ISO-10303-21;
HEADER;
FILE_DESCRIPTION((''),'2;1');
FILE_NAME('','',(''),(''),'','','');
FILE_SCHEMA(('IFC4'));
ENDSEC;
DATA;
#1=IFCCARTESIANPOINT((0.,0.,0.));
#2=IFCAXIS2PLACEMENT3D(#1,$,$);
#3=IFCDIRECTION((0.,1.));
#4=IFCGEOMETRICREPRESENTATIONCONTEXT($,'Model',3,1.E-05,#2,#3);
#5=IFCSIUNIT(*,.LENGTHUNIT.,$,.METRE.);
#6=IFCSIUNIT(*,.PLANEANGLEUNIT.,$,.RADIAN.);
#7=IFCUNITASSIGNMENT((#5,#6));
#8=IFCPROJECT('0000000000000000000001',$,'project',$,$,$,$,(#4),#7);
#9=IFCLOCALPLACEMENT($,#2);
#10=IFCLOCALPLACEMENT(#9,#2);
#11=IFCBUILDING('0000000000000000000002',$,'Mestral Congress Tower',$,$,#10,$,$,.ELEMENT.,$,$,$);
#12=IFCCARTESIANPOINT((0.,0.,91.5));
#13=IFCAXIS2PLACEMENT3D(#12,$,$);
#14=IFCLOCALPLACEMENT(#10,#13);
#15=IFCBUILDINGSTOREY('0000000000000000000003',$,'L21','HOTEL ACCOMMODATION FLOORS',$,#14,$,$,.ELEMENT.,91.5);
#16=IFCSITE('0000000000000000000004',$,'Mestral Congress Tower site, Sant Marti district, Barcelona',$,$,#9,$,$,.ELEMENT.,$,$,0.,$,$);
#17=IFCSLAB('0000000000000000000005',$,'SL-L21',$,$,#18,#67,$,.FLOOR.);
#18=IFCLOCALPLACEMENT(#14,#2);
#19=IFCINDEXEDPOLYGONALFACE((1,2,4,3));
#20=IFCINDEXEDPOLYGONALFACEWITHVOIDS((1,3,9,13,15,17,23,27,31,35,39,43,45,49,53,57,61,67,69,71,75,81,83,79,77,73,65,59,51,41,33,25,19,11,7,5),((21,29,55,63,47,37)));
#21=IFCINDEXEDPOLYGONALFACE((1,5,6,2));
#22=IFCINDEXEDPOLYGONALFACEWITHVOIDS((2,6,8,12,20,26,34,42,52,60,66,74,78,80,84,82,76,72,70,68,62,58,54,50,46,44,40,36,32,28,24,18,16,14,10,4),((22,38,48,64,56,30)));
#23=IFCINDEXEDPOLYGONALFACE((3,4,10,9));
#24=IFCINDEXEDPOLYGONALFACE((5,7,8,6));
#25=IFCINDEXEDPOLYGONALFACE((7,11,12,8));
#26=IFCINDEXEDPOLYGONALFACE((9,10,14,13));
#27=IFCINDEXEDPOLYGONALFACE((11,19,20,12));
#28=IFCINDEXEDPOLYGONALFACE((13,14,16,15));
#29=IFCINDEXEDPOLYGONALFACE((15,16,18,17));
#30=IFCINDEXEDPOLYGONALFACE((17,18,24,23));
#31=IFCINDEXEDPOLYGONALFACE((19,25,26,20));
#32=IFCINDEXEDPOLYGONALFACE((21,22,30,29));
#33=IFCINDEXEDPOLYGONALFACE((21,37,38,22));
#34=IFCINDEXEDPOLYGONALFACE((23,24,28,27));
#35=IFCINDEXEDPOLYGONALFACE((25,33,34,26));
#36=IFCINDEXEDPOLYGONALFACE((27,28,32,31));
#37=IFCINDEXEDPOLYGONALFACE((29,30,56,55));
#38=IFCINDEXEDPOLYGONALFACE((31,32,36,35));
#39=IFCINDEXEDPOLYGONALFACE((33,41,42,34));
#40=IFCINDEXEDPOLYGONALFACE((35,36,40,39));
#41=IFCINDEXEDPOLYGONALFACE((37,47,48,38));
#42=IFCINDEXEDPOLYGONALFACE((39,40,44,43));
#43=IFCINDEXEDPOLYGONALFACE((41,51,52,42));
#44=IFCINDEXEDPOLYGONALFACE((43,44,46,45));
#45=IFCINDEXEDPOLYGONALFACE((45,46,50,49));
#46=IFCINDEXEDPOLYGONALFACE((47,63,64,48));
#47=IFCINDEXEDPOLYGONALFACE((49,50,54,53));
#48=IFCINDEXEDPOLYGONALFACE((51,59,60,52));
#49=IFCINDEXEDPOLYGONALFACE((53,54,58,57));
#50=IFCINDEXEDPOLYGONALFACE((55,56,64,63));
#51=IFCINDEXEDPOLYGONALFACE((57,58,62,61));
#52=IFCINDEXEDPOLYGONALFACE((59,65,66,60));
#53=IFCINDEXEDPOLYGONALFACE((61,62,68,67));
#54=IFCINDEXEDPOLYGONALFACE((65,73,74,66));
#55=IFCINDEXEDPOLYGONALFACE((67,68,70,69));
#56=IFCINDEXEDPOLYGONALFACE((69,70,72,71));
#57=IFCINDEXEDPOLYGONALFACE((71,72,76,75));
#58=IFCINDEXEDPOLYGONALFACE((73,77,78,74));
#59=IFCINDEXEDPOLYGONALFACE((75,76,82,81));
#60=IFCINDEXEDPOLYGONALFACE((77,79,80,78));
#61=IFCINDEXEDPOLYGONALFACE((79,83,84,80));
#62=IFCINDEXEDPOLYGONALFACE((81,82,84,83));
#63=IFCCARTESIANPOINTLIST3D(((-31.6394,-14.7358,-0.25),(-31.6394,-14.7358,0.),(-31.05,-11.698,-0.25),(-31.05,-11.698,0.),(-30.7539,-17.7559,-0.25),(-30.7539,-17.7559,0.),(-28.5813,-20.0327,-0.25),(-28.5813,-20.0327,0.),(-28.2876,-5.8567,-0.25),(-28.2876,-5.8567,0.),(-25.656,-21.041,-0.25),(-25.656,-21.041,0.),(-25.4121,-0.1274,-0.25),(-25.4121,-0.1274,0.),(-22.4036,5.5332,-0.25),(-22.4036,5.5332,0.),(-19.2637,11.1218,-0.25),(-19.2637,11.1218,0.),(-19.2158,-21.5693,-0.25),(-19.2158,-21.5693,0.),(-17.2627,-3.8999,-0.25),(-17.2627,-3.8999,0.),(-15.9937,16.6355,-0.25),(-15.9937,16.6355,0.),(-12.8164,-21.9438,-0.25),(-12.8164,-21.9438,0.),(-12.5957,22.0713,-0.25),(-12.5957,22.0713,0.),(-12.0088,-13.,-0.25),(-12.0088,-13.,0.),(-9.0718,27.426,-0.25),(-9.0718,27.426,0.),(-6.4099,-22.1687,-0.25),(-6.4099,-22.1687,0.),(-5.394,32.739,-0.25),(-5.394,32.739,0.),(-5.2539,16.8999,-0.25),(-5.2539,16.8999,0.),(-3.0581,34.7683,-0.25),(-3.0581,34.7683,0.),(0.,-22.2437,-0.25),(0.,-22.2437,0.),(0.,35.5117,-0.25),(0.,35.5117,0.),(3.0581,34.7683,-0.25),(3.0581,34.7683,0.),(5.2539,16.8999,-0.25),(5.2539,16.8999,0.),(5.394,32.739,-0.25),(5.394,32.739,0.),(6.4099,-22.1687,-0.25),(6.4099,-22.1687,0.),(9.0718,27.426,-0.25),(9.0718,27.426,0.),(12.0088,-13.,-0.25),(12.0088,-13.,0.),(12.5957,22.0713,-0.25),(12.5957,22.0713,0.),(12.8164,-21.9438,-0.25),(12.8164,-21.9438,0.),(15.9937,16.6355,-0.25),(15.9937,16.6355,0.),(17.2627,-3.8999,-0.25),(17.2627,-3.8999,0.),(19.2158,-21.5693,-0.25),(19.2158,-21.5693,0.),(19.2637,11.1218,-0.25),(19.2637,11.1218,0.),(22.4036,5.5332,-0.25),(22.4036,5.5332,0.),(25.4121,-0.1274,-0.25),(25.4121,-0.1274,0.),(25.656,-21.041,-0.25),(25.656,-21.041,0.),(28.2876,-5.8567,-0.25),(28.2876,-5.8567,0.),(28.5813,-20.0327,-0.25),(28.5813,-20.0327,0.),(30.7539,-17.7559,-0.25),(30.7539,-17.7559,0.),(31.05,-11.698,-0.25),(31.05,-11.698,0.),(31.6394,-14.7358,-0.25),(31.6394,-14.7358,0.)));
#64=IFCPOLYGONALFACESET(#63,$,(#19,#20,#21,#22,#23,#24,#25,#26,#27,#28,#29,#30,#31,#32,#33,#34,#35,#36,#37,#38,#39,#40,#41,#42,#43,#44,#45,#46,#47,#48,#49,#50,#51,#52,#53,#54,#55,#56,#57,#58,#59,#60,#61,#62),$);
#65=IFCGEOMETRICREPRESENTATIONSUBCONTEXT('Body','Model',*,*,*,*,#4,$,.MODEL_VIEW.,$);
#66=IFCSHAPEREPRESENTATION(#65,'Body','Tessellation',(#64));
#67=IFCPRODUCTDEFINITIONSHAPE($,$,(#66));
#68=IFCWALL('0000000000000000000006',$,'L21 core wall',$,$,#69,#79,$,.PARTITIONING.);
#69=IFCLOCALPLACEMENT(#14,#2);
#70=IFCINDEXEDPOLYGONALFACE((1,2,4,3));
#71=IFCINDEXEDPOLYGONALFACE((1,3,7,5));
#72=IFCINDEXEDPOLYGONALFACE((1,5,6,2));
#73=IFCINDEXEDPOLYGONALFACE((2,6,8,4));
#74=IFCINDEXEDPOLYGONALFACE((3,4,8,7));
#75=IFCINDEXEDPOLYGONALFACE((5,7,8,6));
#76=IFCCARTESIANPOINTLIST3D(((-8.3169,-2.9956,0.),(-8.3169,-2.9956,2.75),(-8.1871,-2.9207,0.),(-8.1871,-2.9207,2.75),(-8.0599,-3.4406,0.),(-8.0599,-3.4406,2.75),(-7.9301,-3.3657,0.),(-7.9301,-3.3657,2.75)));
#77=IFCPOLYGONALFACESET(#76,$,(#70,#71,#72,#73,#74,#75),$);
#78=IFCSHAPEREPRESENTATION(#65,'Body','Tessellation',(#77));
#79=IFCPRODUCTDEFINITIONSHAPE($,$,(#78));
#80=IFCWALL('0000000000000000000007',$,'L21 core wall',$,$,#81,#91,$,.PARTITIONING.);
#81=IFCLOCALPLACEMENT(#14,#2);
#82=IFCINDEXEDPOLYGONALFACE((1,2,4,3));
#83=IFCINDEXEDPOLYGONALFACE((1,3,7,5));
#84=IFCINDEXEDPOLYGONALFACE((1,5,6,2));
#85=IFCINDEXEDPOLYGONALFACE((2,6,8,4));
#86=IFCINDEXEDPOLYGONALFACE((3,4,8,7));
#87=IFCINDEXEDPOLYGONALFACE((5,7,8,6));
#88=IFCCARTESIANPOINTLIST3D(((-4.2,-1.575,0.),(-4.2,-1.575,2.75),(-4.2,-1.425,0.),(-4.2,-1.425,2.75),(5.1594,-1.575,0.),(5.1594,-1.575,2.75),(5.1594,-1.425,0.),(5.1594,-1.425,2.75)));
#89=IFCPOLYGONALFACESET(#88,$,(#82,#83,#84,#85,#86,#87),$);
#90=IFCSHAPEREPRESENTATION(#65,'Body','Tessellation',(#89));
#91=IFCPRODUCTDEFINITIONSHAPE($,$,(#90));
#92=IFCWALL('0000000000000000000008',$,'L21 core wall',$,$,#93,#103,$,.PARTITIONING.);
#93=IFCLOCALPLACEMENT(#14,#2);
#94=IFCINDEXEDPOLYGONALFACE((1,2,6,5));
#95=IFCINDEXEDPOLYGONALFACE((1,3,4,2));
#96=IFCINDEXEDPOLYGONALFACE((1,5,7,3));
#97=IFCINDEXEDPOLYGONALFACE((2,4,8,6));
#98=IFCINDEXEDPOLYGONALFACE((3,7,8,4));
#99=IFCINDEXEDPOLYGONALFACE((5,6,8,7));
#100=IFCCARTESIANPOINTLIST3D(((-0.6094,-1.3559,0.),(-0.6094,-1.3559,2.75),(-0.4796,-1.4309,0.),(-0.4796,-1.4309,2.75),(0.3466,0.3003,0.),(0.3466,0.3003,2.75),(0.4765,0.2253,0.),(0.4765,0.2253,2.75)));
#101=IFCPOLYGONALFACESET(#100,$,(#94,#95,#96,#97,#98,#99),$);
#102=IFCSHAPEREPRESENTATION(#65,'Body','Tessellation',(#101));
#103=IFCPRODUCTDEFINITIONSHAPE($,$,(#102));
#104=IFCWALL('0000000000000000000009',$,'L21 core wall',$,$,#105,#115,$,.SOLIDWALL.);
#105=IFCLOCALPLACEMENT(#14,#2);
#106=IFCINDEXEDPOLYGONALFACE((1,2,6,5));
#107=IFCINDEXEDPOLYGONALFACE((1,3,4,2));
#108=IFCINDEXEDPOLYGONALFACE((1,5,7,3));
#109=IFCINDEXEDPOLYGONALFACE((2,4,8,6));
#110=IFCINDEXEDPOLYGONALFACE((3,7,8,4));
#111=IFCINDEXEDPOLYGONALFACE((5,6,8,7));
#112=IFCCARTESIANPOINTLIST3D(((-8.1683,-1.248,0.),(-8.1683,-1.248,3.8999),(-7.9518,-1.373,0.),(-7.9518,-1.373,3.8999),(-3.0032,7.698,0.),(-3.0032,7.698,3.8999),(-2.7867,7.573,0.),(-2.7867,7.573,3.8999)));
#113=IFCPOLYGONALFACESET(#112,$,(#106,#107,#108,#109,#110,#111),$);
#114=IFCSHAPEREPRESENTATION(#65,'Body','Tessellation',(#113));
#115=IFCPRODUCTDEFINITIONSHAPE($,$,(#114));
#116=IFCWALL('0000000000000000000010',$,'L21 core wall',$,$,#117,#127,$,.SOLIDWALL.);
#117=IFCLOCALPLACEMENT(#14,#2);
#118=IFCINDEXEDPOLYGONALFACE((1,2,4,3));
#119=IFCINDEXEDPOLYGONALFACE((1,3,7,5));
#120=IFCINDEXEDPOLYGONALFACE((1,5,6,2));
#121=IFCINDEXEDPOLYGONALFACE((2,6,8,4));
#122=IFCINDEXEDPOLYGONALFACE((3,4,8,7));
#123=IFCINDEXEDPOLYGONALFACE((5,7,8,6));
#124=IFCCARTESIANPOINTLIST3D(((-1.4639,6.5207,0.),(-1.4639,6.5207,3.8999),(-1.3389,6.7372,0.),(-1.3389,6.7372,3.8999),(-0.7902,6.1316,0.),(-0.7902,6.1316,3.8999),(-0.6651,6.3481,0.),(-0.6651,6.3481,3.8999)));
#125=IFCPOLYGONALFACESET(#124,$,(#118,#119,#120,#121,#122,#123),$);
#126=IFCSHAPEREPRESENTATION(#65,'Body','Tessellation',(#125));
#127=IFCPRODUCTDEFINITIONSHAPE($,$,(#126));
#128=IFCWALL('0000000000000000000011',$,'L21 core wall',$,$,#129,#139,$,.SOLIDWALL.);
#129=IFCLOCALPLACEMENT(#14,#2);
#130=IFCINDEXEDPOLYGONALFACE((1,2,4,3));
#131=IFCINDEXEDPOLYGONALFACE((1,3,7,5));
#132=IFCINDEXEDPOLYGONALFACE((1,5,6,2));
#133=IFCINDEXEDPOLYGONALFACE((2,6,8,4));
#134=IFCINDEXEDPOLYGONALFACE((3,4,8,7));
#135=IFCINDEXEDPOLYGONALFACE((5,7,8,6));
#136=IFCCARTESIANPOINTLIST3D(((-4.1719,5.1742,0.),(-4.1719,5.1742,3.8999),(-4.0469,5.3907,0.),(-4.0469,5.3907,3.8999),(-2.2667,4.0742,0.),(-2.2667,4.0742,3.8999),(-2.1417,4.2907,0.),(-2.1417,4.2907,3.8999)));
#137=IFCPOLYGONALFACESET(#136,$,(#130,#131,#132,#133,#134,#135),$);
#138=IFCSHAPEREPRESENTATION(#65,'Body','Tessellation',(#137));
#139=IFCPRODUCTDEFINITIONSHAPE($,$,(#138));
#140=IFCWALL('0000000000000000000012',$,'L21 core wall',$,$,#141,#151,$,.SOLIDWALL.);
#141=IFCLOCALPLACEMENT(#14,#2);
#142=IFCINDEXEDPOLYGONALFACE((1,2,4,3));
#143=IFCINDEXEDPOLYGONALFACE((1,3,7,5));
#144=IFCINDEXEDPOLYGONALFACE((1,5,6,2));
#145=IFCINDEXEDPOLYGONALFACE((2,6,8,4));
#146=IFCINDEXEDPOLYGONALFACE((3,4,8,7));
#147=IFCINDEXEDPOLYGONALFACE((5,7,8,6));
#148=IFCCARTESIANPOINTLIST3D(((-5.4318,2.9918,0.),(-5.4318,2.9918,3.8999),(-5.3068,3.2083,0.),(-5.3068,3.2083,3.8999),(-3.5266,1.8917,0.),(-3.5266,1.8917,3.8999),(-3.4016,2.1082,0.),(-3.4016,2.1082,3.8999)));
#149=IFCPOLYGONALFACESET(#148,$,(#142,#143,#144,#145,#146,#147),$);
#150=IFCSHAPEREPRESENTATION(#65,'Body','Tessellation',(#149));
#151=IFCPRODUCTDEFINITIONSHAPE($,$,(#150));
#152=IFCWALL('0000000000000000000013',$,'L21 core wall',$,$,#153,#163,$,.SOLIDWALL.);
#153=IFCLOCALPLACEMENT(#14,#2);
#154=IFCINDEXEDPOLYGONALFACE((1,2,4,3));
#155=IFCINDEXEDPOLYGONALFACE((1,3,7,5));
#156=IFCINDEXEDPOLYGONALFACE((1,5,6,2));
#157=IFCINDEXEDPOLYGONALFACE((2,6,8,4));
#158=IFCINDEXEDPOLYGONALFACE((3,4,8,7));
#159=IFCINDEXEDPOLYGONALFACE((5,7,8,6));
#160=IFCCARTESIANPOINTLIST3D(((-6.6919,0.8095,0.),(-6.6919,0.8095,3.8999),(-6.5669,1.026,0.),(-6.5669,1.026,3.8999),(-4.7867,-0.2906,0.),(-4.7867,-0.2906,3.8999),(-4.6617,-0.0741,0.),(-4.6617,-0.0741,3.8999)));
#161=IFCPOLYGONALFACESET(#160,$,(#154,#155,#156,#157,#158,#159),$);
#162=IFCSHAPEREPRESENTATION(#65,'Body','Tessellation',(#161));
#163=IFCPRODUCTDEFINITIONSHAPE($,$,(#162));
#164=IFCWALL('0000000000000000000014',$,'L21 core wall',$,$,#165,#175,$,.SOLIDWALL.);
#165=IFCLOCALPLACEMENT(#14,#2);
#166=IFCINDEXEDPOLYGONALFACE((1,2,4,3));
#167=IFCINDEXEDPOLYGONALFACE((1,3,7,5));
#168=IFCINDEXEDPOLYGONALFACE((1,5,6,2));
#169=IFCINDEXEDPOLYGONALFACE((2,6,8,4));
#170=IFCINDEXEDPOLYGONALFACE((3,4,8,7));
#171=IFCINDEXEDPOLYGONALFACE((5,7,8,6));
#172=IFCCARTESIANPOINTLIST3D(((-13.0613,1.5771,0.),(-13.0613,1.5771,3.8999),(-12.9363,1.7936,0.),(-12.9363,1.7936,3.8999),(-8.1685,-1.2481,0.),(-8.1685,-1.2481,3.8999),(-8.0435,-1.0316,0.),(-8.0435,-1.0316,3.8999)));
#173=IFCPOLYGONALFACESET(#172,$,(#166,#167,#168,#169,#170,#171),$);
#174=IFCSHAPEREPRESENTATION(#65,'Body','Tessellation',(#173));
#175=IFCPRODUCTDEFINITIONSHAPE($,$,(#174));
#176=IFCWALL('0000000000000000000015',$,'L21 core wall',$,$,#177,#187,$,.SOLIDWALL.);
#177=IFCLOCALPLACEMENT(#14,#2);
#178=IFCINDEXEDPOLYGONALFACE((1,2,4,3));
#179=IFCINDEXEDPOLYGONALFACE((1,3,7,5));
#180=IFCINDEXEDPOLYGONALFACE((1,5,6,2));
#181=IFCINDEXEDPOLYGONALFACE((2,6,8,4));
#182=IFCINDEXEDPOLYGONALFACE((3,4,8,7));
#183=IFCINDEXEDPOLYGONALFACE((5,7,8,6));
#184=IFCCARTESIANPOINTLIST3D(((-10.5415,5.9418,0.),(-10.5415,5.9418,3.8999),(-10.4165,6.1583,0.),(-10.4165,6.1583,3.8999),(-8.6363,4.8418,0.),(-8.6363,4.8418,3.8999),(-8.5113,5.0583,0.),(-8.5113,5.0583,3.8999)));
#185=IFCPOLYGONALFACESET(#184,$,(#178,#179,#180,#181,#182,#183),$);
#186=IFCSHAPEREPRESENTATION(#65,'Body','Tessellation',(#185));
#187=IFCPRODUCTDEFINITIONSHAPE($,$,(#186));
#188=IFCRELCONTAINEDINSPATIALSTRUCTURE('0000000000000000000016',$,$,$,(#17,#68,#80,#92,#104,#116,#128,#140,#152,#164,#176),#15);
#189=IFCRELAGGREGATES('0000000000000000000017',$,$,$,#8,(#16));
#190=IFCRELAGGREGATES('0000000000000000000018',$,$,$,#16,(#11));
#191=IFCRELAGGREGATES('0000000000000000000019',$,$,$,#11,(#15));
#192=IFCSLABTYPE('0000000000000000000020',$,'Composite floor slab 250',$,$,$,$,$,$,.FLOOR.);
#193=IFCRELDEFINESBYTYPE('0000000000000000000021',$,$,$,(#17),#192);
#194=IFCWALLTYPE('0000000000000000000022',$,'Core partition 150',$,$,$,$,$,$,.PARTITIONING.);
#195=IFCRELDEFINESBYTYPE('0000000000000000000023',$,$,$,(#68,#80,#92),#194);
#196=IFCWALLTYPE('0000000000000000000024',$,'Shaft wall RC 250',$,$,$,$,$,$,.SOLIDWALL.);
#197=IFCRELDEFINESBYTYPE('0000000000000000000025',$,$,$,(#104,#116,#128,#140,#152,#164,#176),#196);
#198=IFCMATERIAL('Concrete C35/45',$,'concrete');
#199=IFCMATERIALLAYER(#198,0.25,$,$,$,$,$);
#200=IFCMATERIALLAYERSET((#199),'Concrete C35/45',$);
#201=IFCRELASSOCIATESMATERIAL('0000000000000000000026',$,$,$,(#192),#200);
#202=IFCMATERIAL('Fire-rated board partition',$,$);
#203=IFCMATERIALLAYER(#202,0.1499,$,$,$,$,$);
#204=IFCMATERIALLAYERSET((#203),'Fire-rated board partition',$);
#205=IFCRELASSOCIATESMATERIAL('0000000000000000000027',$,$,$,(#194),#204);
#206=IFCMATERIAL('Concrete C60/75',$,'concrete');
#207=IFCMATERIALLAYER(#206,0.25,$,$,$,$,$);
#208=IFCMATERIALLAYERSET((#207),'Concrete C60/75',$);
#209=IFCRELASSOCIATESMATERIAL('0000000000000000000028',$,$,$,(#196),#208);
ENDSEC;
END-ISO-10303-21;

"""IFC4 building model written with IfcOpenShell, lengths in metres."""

from ifc_helpers import new_model, si_unit, direction, frame, frame_2d, origin, place, context, subcontext, project, spatial, polyline, rectangle, outline, extrude, material, layer, layer_set, type_object, element, save


model = new_model("IFC4")

# Units and contexts
model_context = context("Model", 3, precision=1e-05, world=origin(), true_north=direction((0.0, 1.0)))
body_context = subcontext(model_context, "Body", "Model", "MODEL_VIEW")
ifc_project = project(units=[si_unit("LENGTHUNIT", "METRE"), si_unit("PLANEANGLEUNIT", "RADIAN")], contexts=[model_context])

# Site, building, storey
site_placement = place(None, origin())
site = spatial("IfcSite", under=ifc_project, at=site_placement, Name="Mestral Congress Tower site, Sant Marti district, Barcelona", CompositionType="ELEMENT", RefElevation=0.0)
building_placement = place(site_placement, origin())
building = spatial("IfcBuilding", under=site, at=building_placement, Name="Mestral Congress Tower", CompositionType="ELEMENT")
storey_placement = place(building_placement, frame((0.0, 0.0, 91.5)))
storey = spatial("IfcBuildingStorey", under=building, at=storey_placement, Name="L21", Description="HOTEL ACCOMMODATION FLOORS", CompositionType="ELEMENT", Elevation=91.5)

# Slab
ifc_material_1 = material(Name="Concrete C35/45", Category="concrete")
ifc_layer_1 = layer(ifc_material_1, 0.25)
ifc_layer_set_1 = layer_set([ifc_layer_1], Name="Concrete C35/45")
slab_type = type_object("IfcSlabType", Name="Composite floor slab 250", PredefinedType="FLOOR", material=ifc_layer_set_1)
slab_placement = place(storey_placement, frame((0.0, 0.0, -0.25)))
element("IfcSlab", 1, at=slab_placement, inside=storey, type_object=slab_type, Name="SL-L21", PredefinedType="FLOOR", context=body_context, shape_type="SweptSolid", body=[
    extrude(outline(polyline([(-25.656, -21.041), (-28.5813, -20.0327), (-30.7539, -17.7559), (-31.6394, -14.7358), (-31.05, -11.698), (-28.2876, -5.8567), (-25.4121, -0.1274), (-22.4036, 5.5332), (-19.2637, 11.1218), (-15.9937, 16.6355), (-12.5957, 22.0713), (-9.0718, 27.426), (-5.394, 32.739), (-3.0581, 34.7683), (0.0, 35.5117), (3.0581, 34.7683), (5.394, 32.739), (9.0718, 27.426), (12.5957, 22.0713), (15.9937, 16.6355), (19.2637, 11.1218), (22.4036, 5.5332), (25.4121, -0.1274), (28.2876, -5.8567), (31.05, -11.698), (31.6394, -14.7358), (30.7539, -17.7559), (28.5813, -20.0327), (25.656, -21.041), (19.2158, -21.5693), (12.8164, -21.9438), (6.4099, -22.1687), (0.0, -22.2437), (-6.4099, -22.1687), (-12.8164, -21.9438), (-19.2158, -21.5693), (-25.656, -21.041)]), holes=[polyline([(-5.2539, 16.8999), (-17.2627, -3.8999), (-12.0088, -13.0), (12.0088, -13.0), (17.2627, -3.8999), (5.2539, 16.8999), (-5.2539, 16.8999)])]), origin(), (0.0, 0.0, 1.0), 0.25),
])

# Walls
ifc_material_2 = material(Name="Fire-rated board partition")
ifc_layer_2 = layer(ifc_material_2, 0.1499)
ifc_layer_set_2 = layer_set([ifc_layer_2], Name="Fire-rated board partition")
wall_type_1 = type_object("IfcWallType", Name="Core partition 150", PredefinedType="PARTITIONING", material=ifc_layer_set_2)
wall_1_placement = place(storey_placement, frame((-8.252, -2.9583, 0.0), z_axis=(0.0, 0.0, 1.0), x_axis=(0.500175, -0.865925, 0.0)))
element("IfcWall", 2, at=wall_1_placement, inside=storey, type_object=wall_type_1, Name="L21 core wall", PredefinedType="PARTITIONING", context=body_context, shape_type="SweptSolid", body=[
    extrude(rectangle(XDim=0.5139, YDim=0.1499, at=frame_2d((0.2568, 0.0))), origin(), (0.0, 0.0, 1.0), 2.75),
])
wall_2_placement = place(storey_placement, frame((-4.2, -1.5, 0.0), z_axis=(0.0, 0.0, 1.0), x_axis=(1.0, 0.0, 0.0)))
element("IfcWall", 3, at=wall_2_placement, inside=storey, type_object=wall_type_1, Name="L21 core wall", PredefinedType="PARTITIONING", context=body_context, shape_type="SweptSolid", body=[
    extrude(rectangle(XDim=9.3594, YDim=0.1499, at=frame_2d((4.6797, 0.0))), origin(), (0.0, 0.0, 1.0), 2.75),
])
wall_3_placement = place(storey_placement, frame((-0.5444, -1.3933, 0.0), z_axis=(0.0, 0.0, 1.0), x_axis=(0.499929, 0.866067, 0.0)))
element("IfcWall", 4, at=wall_3_placement, inside=storey, type_object=wall_type_1, Name="L21 core wall", PredefinedType="PARTITIONING", context=body_context, shape_type="SweptSolid", body=[
    extrude(rectangle(XDim=1.9124, YDim=0.1499, at=frame_2d((0.9561, 0.0))), origin(), (0.0, 0.0, 1.0), 2.75),
])
ifc_material_3 = material(Name="Concrete C60/75", Category="concrete")
ifc_layer_3 = layer(ifc_material_3, 0.25)
ifc_layer_set_3 = layer_set([ifc_layer_3], Name="Concrete C60/75")
wall_type_2 = type_object("IfcWallType", Name="Shaft wall RC 250", PredefinedType="SOLIDWALL", material=ifc_layer_set_3)
wall_4_placement = place(storey_placement, frame((-8.0601, -1.3105, 0.0), z_axis=(0.0, 0.0, 1.0), x_axis=(0.500003, 0.866024, 0.0)))
element("IfcWall", 5, at=wall_4_placement, inside=storey, type_object=wall_type_2, Name="L21 core wall", PredefinedType="SOLIDWALL", context=body_context, shape_type="SweptSolid", body=[
    extrude(rectangle(XDim=10.3301, YDim=0.25, at=frame_2d((5.165, 0.0))), origin(), (0.0, 0.0, 1.0), 3.8999),
])
wall_5_placement = place(storey_placement, frame((-0.7275, 6.2397, 0.0), z_axis=(0.0, 0.0, 1.0), x_axis=(-0.865956, 0.500121, 0.0)))
element("IfcWall", 6, at=wall_5_placement, inside=storey, type_object=wall_type_2, Name="L21 core wall", PredefinedType="SOLIDWALL", context=body_context, shape_type="SweptSolid", body=[
    extrude(rectangle(XDim=0.7781, YDim=0.25, at=frame_2d((0.3892, 0.0))), origin(), (0.0, 0.0, 1.0), 3.8999),
])
for number, where, z_axis, x_axis, name in (
    (7, (-2.2041, 4.1824, 0.0), (0.0, 0.0, 1.0), (-0.866008, 0.50003, 0.0), "L21 core wall"),
    (8, (-5.3694, 3.1001, 0.0), (0.0, 0.0, 1.0), (0.866008, -0.50003, 0.0), "L21 core wall"),
    (9, (-4.7241, -0.1824, 0.0), (0.0, 0.0, 1.0), (-0.866008, 0.50003, 0.0), "L21 core wall"),
):
    element("IfcWall", number, at=place(storey_placement, frame(where, z_axis=z_axis, x_axis=x_axis)), inside=storey, type_object=wall_type_2, Name=name, PredefinedType="SOLIDWALL", context=body_context, shape_type="SweptSolid", body=[
        extrude(rectangle(XDim=2.2, YDim=0.25, at=frame_2d((1.1001, 0.0))), origin(), (0.0, 0.0, 1.0), 3.8999),
    ])
wall_6_placement = place(storey_placement, frame((-8.106, -1.1399, 0.0), z_axis=(0.0, 0.0, 1.0), x_axis=(-0.866001, 0.500043, 0.0)))
element("IfcWall", 10, at=wall_6_placement, inside=storey, type_object=wall_type_2, Name="L21 core wall", PredefinedType="SOLIDWALL", context=body_context, shape_type="SweptSolid", body=[
    extrude(rectangle(XDim=5.6499, YDim=0.25, at=frame_2d((2.825, 0.0))), origin(), (0.0, 0.0, 1.0), 3.8999),
])
wall_7_placement = place(storey_placement, frame((-8.5737, 4.95, 0.0), z_axis=(0.0, 0.0, 1.0), x_axis=(-0.866008, 0.50003, 0.0)))
element("IfcWall", 11, at=wall_7_placement, inside=storey, type_object=wall_type_2, Name="L21 core wall", PredefinedType="SOLIDWALL", context=body_context, shape_type="SweptSolid", body=[
    extrude(rectangle(XDim=2.2, YDim=0.25, at=frame_2d((1.1001, 0.0))), origin(), (0.0, 0.0, 1.0), 3.8999),
])

save(model, "model.ifc")
